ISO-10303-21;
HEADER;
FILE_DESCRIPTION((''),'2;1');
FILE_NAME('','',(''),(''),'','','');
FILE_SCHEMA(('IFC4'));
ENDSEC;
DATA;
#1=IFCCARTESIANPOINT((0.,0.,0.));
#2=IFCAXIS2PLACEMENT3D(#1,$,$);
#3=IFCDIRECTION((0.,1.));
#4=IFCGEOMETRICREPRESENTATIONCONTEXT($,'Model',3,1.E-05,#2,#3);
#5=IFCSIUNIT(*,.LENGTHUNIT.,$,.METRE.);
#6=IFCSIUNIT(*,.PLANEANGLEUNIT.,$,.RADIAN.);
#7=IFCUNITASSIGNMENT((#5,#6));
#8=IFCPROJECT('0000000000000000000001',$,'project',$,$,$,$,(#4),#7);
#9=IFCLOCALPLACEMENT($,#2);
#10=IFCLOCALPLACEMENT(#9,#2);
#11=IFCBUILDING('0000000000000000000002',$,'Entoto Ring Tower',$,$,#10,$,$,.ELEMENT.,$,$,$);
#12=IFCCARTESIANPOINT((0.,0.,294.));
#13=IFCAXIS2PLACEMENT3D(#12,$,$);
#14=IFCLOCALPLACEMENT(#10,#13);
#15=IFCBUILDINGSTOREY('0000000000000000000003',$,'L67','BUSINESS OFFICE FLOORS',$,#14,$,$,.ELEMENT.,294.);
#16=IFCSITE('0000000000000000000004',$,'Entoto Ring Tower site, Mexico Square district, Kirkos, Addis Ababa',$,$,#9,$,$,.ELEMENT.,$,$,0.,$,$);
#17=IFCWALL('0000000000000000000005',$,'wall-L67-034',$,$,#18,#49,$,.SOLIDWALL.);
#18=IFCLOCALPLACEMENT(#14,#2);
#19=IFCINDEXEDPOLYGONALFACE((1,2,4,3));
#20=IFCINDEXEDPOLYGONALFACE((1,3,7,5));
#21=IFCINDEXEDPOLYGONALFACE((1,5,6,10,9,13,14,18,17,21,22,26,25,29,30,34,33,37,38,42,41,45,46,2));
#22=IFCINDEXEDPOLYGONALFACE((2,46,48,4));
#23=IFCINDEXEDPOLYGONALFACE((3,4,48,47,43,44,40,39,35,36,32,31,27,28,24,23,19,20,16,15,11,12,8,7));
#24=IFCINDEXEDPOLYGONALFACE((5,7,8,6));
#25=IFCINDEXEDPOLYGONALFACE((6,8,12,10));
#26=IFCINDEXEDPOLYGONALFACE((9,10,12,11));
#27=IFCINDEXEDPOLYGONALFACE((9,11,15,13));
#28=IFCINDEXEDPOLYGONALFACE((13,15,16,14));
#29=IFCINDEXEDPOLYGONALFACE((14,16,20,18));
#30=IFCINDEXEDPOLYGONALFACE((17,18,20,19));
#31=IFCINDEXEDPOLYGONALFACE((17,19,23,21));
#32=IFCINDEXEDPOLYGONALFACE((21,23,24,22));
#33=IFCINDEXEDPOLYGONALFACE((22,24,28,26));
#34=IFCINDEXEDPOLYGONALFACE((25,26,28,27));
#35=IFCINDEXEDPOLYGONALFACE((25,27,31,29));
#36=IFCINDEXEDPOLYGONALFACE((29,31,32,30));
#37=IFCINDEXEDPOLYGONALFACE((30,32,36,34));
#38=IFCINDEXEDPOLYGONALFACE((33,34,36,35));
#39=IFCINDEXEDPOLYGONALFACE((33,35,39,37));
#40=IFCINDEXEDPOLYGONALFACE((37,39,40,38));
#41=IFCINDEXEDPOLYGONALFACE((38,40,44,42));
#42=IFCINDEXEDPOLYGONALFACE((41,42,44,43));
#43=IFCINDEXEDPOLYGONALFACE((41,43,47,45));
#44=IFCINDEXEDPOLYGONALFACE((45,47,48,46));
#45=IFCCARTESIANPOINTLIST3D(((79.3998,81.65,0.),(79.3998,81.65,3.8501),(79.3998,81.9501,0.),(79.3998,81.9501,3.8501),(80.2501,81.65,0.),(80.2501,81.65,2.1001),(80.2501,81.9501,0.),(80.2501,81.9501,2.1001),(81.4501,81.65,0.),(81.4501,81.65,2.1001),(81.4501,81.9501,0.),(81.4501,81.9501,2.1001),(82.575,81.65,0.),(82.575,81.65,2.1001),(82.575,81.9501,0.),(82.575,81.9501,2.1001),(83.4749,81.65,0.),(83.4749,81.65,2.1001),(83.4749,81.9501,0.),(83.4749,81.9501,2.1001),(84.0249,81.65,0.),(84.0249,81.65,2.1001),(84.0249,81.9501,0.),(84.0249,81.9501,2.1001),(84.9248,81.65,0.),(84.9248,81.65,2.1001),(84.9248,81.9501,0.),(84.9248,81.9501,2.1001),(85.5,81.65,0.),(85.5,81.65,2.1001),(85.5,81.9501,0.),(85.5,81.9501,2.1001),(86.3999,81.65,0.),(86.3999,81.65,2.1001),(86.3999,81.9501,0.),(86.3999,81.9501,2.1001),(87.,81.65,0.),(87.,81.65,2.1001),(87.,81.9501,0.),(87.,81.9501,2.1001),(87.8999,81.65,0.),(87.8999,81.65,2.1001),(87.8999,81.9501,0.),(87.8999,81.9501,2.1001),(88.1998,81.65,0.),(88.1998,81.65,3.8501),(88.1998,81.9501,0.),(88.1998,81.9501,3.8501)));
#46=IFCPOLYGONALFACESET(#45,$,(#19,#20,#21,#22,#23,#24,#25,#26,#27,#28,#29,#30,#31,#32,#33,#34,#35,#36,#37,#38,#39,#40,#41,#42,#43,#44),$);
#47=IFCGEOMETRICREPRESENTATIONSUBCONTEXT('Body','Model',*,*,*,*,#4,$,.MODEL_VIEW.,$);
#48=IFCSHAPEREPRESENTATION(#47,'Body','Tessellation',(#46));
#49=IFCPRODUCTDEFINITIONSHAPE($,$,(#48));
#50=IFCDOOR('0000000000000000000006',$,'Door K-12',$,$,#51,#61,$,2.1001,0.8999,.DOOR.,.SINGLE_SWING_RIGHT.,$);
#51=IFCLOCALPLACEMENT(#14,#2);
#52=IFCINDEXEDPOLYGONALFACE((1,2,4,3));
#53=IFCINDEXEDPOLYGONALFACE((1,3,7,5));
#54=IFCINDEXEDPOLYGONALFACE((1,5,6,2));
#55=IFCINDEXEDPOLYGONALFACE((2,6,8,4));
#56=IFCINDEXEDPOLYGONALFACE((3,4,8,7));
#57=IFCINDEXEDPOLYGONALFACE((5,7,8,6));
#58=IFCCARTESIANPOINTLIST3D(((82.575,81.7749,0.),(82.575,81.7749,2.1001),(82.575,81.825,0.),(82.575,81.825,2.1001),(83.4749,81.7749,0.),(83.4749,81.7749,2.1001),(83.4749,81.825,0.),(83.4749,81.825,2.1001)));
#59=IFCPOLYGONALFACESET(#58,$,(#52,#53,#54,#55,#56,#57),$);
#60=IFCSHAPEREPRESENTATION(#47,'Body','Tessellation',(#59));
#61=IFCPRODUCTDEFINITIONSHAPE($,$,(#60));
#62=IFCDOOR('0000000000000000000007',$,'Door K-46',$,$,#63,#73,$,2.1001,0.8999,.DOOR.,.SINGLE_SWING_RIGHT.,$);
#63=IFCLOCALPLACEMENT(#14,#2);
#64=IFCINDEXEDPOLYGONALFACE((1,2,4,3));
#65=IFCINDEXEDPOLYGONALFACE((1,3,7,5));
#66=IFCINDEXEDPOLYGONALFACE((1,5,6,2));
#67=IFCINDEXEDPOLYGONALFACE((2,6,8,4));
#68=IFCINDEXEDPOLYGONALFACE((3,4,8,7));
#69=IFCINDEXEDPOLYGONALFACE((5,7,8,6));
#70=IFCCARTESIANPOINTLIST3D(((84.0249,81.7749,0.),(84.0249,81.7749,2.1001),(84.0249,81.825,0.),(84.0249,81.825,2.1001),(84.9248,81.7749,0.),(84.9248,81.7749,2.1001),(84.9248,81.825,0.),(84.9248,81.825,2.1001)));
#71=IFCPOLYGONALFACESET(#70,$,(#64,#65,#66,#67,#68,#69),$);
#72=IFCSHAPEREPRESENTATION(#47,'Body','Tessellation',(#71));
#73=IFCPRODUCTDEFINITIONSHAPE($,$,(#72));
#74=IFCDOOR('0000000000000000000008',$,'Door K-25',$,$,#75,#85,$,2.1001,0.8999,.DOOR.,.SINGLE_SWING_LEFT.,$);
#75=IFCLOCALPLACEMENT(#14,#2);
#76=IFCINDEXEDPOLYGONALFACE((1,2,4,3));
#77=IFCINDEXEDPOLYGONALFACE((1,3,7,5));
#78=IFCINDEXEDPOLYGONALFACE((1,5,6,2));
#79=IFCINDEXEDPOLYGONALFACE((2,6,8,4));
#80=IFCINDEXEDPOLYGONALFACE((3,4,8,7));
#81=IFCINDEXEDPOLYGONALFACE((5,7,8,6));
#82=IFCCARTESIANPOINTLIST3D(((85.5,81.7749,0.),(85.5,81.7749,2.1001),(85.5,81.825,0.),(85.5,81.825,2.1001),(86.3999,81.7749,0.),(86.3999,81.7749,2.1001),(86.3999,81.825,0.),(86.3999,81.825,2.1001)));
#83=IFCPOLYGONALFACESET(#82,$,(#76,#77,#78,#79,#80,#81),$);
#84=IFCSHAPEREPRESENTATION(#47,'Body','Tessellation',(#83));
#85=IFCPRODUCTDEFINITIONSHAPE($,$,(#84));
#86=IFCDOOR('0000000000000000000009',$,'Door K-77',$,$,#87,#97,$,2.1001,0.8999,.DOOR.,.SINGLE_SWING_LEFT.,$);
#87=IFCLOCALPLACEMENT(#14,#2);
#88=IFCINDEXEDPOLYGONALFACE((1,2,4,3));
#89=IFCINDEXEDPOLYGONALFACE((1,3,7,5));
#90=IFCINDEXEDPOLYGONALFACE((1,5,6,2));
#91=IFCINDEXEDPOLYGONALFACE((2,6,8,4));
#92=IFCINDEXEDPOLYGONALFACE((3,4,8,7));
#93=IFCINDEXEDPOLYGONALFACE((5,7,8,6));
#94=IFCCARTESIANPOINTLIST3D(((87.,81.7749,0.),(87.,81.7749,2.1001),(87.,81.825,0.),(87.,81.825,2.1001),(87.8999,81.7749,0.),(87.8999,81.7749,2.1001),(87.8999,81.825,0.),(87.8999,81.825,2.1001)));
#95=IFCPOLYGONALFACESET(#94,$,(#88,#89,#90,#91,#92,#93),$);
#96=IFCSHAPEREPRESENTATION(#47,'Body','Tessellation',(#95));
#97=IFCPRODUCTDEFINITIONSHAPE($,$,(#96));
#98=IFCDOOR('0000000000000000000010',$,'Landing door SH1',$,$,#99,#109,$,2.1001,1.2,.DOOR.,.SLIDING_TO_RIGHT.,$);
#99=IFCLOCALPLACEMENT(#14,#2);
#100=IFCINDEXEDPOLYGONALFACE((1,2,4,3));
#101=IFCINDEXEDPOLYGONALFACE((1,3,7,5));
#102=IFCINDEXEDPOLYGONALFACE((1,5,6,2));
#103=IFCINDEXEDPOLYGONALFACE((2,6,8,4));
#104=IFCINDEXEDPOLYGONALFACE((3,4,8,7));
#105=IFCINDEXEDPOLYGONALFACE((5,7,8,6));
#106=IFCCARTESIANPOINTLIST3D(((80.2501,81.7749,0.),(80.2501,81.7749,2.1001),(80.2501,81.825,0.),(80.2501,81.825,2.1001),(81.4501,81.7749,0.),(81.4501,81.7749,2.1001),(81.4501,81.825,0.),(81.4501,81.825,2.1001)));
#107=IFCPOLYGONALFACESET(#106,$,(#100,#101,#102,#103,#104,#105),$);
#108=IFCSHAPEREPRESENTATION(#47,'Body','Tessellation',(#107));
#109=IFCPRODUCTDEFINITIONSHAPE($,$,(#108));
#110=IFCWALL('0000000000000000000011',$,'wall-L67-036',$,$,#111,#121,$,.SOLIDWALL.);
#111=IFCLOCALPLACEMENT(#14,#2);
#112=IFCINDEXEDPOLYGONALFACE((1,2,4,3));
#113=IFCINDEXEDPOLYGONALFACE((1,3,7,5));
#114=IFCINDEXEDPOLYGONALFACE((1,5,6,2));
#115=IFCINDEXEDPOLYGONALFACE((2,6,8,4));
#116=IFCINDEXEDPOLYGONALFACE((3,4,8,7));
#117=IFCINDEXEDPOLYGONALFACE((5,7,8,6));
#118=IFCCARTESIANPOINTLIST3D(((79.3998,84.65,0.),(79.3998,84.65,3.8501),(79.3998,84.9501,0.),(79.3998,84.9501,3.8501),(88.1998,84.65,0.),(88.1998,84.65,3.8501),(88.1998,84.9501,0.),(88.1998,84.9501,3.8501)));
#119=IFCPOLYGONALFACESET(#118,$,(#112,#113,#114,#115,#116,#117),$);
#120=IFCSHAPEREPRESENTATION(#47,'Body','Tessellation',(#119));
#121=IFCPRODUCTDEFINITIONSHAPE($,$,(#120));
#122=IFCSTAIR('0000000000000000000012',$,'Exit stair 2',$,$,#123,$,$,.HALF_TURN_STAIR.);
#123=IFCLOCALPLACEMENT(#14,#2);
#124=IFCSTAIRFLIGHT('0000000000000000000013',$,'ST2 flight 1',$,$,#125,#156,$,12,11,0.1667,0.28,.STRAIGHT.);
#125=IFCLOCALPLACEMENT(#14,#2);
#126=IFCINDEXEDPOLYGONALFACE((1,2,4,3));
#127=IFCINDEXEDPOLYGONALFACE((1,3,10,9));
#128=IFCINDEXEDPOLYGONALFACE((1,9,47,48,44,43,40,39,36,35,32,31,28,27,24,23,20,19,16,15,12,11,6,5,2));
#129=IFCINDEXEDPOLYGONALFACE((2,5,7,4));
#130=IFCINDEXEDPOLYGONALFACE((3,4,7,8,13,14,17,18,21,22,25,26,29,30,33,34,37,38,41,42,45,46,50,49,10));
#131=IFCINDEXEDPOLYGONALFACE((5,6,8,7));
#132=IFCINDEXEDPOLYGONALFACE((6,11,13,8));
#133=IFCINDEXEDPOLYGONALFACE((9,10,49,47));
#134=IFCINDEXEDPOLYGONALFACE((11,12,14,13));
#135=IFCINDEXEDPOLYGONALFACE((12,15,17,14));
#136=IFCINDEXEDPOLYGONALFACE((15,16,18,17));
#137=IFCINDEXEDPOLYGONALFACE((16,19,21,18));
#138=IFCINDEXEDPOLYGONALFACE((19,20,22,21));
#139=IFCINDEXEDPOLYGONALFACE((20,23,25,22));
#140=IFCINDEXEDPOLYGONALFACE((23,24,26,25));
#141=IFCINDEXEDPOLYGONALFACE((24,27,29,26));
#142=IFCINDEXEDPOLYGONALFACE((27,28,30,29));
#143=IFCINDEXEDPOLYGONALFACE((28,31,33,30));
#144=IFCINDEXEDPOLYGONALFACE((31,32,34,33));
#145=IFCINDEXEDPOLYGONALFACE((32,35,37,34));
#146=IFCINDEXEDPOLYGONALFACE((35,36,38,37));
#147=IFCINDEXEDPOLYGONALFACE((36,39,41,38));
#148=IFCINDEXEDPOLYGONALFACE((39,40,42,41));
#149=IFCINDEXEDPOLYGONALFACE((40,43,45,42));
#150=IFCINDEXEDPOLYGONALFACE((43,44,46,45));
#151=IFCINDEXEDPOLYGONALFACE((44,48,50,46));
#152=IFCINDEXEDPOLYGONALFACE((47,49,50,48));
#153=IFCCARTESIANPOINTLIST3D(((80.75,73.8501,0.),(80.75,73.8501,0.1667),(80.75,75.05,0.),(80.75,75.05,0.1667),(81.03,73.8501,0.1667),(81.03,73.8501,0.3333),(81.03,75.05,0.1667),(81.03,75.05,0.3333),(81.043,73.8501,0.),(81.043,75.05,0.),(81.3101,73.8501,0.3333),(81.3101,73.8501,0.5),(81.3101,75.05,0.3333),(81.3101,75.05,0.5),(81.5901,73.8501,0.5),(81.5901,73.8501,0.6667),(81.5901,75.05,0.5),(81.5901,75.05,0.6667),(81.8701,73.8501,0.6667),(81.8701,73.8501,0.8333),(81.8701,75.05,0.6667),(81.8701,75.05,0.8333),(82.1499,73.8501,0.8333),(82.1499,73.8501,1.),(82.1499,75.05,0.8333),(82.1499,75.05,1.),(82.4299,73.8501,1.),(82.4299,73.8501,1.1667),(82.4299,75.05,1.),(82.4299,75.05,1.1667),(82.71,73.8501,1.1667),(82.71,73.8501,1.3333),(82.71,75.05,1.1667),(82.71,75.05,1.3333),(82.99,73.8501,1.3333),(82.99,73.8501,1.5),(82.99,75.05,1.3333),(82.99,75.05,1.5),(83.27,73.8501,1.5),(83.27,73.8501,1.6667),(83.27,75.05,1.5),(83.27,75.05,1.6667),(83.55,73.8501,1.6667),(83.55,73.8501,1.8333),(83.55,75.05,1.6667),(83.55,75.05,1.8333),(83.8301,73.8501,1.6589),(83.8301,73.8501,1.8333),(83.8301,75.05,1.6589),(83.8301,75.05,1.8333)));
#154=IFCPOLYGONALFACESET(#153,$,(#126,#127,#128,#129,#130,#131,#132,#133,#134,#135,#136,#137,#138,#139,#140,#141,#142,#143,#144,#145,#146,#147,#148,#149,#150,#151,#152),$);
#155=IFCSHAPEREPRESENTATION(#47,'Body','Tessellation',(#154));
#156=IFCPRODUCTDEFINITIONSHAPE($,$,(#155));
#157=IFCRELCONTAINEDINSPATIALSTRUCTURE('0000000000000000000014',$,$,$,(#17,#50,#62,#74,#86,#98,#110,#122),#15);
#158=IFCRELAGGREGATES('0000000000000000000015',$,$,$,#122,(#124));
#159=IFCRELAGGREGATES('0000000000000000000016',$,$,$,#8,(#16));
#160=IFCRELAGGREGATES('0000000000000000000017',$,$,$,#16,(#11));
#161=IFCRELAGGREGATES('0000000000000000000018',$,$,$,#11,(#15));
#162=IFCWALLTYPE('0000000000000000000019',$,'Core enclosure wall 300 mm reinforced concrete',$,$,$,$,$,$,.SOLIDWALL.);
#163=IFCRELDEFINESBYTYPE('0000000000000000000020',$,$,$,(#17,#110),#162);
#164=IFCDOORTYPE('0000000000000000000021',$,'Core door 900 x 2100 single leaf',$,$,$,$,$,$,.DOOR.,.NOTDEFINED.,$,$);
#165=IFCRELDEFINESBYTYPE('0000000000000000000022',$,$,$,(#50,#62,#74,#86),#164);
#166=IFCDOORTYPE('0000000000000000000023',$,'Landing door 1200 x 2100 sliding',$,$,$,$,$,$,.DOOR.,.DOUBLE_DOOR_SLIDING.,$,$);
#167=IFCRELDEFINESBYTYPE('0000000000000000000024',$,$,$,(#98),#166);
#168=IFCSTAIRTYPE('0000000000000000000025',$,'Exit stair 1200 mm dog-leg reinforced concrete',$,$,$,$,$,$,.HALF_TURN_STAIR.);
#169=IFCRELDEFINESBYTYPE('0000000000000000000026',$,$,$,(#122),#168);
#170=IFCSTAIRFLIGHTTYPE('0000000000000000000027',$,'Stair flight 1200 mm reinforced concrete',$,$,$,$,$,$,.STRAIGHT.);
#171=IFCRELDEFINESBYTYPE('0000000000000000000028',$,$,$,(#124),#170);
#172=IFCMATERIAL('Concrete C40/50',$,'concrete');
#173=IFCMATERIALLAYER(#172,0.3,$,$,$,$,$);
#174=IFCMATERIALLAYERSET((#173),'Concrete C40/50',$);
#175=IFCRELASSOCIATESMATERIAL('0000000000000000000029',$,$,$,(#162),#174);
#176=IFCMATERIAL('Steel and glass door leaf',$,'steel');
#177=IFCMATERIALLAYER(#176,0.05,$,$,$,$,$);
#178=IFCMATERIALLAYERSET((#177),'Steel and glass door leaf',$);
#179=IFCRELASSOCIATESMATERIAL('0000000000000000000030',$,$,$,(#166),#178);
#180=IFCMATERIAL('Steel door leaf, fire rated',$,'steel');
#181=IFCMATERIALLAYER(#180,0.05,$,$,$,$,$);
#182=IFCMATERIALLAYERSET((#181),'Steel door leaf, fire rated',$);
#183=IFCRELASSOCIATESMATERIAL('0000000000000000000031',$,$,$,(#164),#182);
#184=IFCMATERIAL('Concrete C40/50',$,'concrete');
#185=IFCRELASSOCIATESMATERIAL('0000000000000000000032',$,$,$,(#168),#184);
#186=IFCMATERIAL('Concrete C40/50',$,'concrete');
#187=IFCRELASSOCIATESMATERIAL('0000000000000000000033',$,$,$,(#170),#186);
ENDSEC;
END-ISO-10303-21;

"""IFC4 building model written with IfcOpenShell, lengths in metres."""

from ifc_helpers import new_model, si_unit, direction, frame, frame_2d, origin, place, context, subcontext, project, spatial, polyline, rectangle, outline, extrude, material, layer, layer_set, type_object, element, fill, aggregate, save


model = new_model("IFC4")

# Units and contexts
model_context = context("Model", 3, precision=1e-05, world=origin(), true_north=direction((0.0, 1.0)))
body_context = subcontext(model_context, "Body", "Model", "MODEL_VIEW")
ifc_project = project(units=[si_unit("LENGTHUNIT", "METRE"), si_unit("PLANEANGLEUNIT", "RADIAN")], contexts=[model_context])

# Site, building, storey
site_placement = place(None, origin())
site = spatial("IfcSite", under=ifc_project, at=site_placement, Name="Entoto Ring Tower site, Mexico Square district, Kirkos, Addis Ababa", CompositionType="ELEMENT", RefElevation=0.0)
building_placement = place(site_placement, origin())
building = spatial("IfcBuilding", under=site, at=building_placement, Name="Entoto Ring Tower", CompositionType="ELEMENT")
storey_placement = place(building_placement, frame((0.0, 0.0, 294.0)))
storey = spatial("IfcBuildingStorey", under=building, at=storey_placement, Name="L67", Description="BUSINESS OFFICE FLOORS", CompositionType="ELEMENT", Elevation=294.0)

# Shared definitions
ifc_material_1 = material(Name="Concrete C40/50", Category="concrete")
ifc_layer_1 = layer(ifc_material_1, 0.3)
ifc_layer_set_1 = layer_set([ifc_layer_1], Name="Concrete C40/50")
wall_type = type_object("IfcWallType", Name="Core enclosure wall 300 mm reinforced concrete", PredefinedType="SOLIDWALL", material=ifc_layer_set_1)
ifc_material_2 = material(Name="Steel and glass door leaf", Category="steel")
ifc_layer_2 = layer(ifc_material_2, 0.05)
ifc_layer_set_2 = layer_set([ifc_layer_2], Name="Steel and glass door leaf")
door_type_1 = type_object("IfcDoorType", Name="Landing door 1200 x 2100 sliding", OperationType="DOUBLE_DOOR_SLIDING", PredefinedType="DOOR", material=ifc_layer_set_2)

# Wall, openings, doors
ifc_material_3 = material(Name="Steel door leaf, fire rated", Category="steel")
ifc_layer_3 = layer(ifc_material_3, 0.05)
ifc_layer_set_3 = layer_set([ifc_layer_3], Name="Steel door leaf, fire rated")
door_type_2 = type_object("IfcDoorType", Name="Core door 900 x 2100 single leaf", OperationType="NOTDEFINED", PredefinedType="DOOR", material=ifc_layer_set_3)
wall_1_placement = place(storey_placement, frame((79.3999, 81.8, 0.0), z_axis=(0.0, 0.0, 1.0), x_axis=(1.0, 0.0, 0.0)))
wall_1 = element("IfcWall", 1, at=wall_1_placement, inside=storey, type_object=wall_type, Name="wall-L67-034", PredefinedType="SOLIDWALL", context=body_context, shape_type="SweptSolid", body=[
    extrude(rectangle(XDim=8.8, YDim=0.3, at=frame_2d((4.3999, 0.0))), origin(), (0.0, 0.0, 1.0), 3.8501),
])
opening_1_placement = place(wall_1_placement, frame((0.8501, 0.0, 0.0)))
opening_1 = element("IfcOpeningElement", 2, at=opening_1_placement, cuts=wall_1, PredefinedType="OPENING", context=body_context, shape_type="SweptSolid", body=[
    extrude(rectangle(XDim=1.2, YDim=2.1001, at=frame_2d((0.6001, 1.05))), frame((0.0, 0.1602, 0.0), z_axis=(0.0, -1.0, 0.0), x_axis=(1.0, 0.0, 0.0)), (0.0, 0.0, 1.0), 0.3201),
])
opening_2_placement = place(wall_1_placement, frame((3.175, 0.0, 0.0)))
opening_2 = element("IfcOpeningElement", 3, at=opening_2_placement, cuts=wall_1, PredefinedType="OPENING", context=body_context, shape_type="SweptSolid", body=[
    extrude(rectangle(XDim=0.8999, YDim=2.1001, at=frame_2d((0.45, 1.05))), frame((0.0, 0.1602, 0.0), z_axis=(0.0, -1.0, 0.0), x_axis=(1.0, 0.0, 0.0)), (0.0, 0.0, 1.0), 0.3201),
])
opening_3_placement = place(wall_1_placement, frame((4.625, 0.0, 0.0)))
opening_3 = element("IfcOpeningElement", 4, at=opening_3_placement, cuts=wall_1, PredefinedType="OPENING", context=body_context, shape_type="SweptSolid", body=[
    extrude(rectangle(XDim=0.8999, YDim=2.1001, at=frame_2d((0.45, 1.05))), frame((0.0, 0.1602, 0.0), z_axis=(0.0, -1.0, 0.0), x_axis=(1.0, 0.0, 0.0)), (0.0, 0.0, 1.0), 0.3201),
])
opening_4_placement = place(wall_1_placement, frame((6.1001, 0.0, 0.0)))
opening_4 = element("IfcOpeningElement", 5, at=opening_4_placement, cuts=wall_1, PredefinedType="OPENING", context=body_context, shape_type="SweptSolid", body=[
    extrude(rectangle(XDim=0.8999, YDim=2.1001, at=frame_2d((0.45, 1.05))), frame((0.0, 0.1602, 0.0), z_axis=(0.0, -1.0, 0.0), x_axis=(1.0, 0.0, 0.0)), (0.0, 0.0, 1.0), 0.3201),
])
opening_5_placement = place(wall_1_placement, frame((7.6001, 0.0, 0.0)))
opening_5 = element("IfcOpeningElement", 6, at=opening_5_placement, cuts=wall_1, PredefinedType="OPENING", context=body_context, shape_type="SweptSolid", body=[
    extrude(rectangle(XDim=0.8999, YDim=2.1001, at=frame_2d((0.45, 1.05))), frame((0.0, 0.1602, 0.0), z_axis=(0.0, -1.0, 0.0), x_axis=(1.0, 0.0, 0.0)), (0.0, 0.0, 1.0), 0.3201),
])
door_1_placement = place(opening_2_placement, origin())
door_1 = element("IfcDoor", 7, at=door_1_placement, inside=storey, type_object=door_type_2, Name="Door K-12", OperationType="SINGLE_SWING_RIGHT", OverallHeight=2.1001, OverallWidth=0.8999, PredefinedType="DOOR", context=body_context, shape_type="SweptSolid", body=[
    extrude(rectangle(XDim=0.8999, YDim=2.1001, at=frame_2d((0.45, 1.05))), frame((0.0, 0.0249, 0.0), z_axis=(0.0, -1.0, 0.0), x_axis=(1.0, 0.0, 0.0)), (0.0, 0.0, 1.0), 0.05),
])
fill(opening_2, door_1)
door_2_placement = place(opening_3_placement, origin())
door_2 = element("IfcDoor", 8, at=door_2_placement, inside=storey, type_object=door_type_2, Name="Door K-46", OperationType="SINGLE_SWING_RIGHT", OverallHeight=2.1001, OverallWidth=0.8999, PredefinedType="DOOR", context=body_context, shape_type="SweptSolid", body=[
    extrude(rectangle(XDim=0.8999, YDim=2.1001, at=frame_2d((0.45, 1.05))), frame((0.0, 0.0249, 0.0), z_axis=(0.0, -1.0, 0.0), x_axis=(1.0, 0.0, 0.0)), (0.0, 0.0, 1.0), 0.05),
])
fill(opening_3, door_2)
door_3_placement = place(opening_4_placement, origin())
door_3 = element("IfcDoor", 9, at=door_3_placement, inside=storey, type_object=door_type_2, Name="Door K-25", OperationType="SINGLE_SWING_LEFT", OverallHeight=2.1001, OverallWidth=0.8999, PredefinedType="DOOR", context=body_context, shape_type="SweptSolid", body=[
    extrude(rectangle(XDim=0.8999, YDim=2.1001, at=frame_2d((0.45, 1.05))), frame((0.0, 0.0249, 0.0), z_axis=(0.0, -1.0, 0.0), x_axis=(1.0, 0.0, 0.0)), (0.0, 0.0, 1.0), 0.05),
])
fill(opening_4, door_3)
door_4_placement = place(opening_5_placement, origin())
door_4 = element("IfcDoor", 10, at=door_4_placement, inside=storey, type_object=door_type_2, Name="Door K-77", OperationType="SINGLE_SWING_LEFT", OverallHeight=2.1001, OverallWidth=0.8999, PredefinedType="DOOR", context=body_context, shape_type="SweptSolid", body=[
    extrude(rectangle(XDim=0.8999, YDim=2.1001, at=frame_2d((0.45, 1.05))), frame((0.0, 0.0249, 0.0), z_axis=(0.0, -1.0, 0.0), x_axis=(1.0, 0.0, 0.0)), (0.0, 0.0, 1.0), 0.05),
])
fill(opening_5, door_4)
door_5_placement = place(opening_1_placement, origin())
door_5 = element("IfcDoor", 11, at=door_5_placement, inside=storey, type_object=door_type_1, Name="Landing door SH1", OperationType="SLIDING_TO_RIGHT", OverallHeight=2.1001, OverallWidth=1.2, PredefinedType="DOOR", context=body_context, shape_type="SweptSolid", body=[
    extrude(rectangle(XDim=1.2, YDim=2.1001, at=frame_2d((0.6001, 1.05))), frame((0.0, 0.0249, 0.0), z_axis=(0.0, -1.0, 0.0), x_axis=(1.0, 0.0, 0.0)), (0.0, 0.0, 1.0), 0.05),
])
fill(opening_1, door_5)

# Wall
wall_2_placement = place(storey_placement, frame((79.3999, 84.8, 0.0), z_axis=(0.0, 0.0, 1.0), x_axis=(1.0, 0.0, 0.0)))
element("IfcWall", 12, at=wall_2_placement, inside=storey, type_object=wall_type, Name="wall-L67-036", PredefinedType="SOLIDWALL", context=body_context, shape_type="SweptSolid", body=[
    extrude(rectangle(XDim=8.8, YDim=0.3, at=frame_2d((4.3999, 0.0))), origin(), (0.0, 0.0, 1.0), 3.8501),
])

# Stair, stair flight
ifc_material_4 = material(Name="Concrete C40/50", Category="concrete")
stair_type = type_object("IfcStairType", Name="Exit stair 1200 mm dog-leg reinforced concrete", PredefinedType="HALF_TURN_STAIR", material=ifc_material_4)
stair_placement = place(storey_placement, origin())
stair = element("IfcStair", 13, at=stair_placement, inside=storey, type_object=stair_type, Name="Exit stair 2", PredefinedType="HALF_TURN_STAIR")
ifc_material_5 = material(Name="Concrete C40/50", Category="concrete")
stair_flight_type = type_object("IfcStairFlightType", Name="Stair flight 1200 mm reinforced concrete", PredefinedType="STRAIGHT", material=ifc_material_5)
stair_flight_1_placement = place(storey_placement, frame((80.75, 74.45, 0.0), z_axis=(0.0, 0.0, 1.0), x_axis=(1.0, 0.0, 0.0)))
stair_flight_1 = element("IfcStairFlight", 14, at=stair_flight_1_placement, type_object=stair_flight_type, Name="ST2 flight 1", NumberOfRisers=12, NumberOfTreads=11, PredefinedType="STRAIGHT", RiserHeight=0.1667, TreadLength=0.28, context=body_context, shape_type="SweptSolid", body=[
    extrude(outline(polyline([(0.0, 0.0), (0.0, 0.1667), (0.28, 0.1667), (0.28, 0.3333), (0.5601, 0.3333), (0.5601, 0.5), (0.8401, 0.5), (0.8401, 0.6667), (1.1201, 0.6667), (1.1201, 0.8333), (1.3999, 0.8333), (1.3999, 1.0), (1.6799, 1.0), (1.6799, 1.1667), (1.96, 1.1667), (1.96, 1.3333), (2.24, 1.3333), (2.24, 1.5), (2.52, 1.5), (2.52, 1.6667), (2.8, 1.6667), (2.8, 1.8333), (3.0801, 1.8333), (3.0801, 2.0), (3.0801, 1.6589), (0.293, 0.0), (0.0, 0.0)])), frame((0.0, 0.6001, 0.0), z_axis=(0.0, -1.0, 0.0), x_axis=(1.0, 0.0, 0.0)), (0.0, 0.0, 1.0), 1.2),
])
aggregate(stair, [stair_flight_1])

save(model, "model.ifc")
